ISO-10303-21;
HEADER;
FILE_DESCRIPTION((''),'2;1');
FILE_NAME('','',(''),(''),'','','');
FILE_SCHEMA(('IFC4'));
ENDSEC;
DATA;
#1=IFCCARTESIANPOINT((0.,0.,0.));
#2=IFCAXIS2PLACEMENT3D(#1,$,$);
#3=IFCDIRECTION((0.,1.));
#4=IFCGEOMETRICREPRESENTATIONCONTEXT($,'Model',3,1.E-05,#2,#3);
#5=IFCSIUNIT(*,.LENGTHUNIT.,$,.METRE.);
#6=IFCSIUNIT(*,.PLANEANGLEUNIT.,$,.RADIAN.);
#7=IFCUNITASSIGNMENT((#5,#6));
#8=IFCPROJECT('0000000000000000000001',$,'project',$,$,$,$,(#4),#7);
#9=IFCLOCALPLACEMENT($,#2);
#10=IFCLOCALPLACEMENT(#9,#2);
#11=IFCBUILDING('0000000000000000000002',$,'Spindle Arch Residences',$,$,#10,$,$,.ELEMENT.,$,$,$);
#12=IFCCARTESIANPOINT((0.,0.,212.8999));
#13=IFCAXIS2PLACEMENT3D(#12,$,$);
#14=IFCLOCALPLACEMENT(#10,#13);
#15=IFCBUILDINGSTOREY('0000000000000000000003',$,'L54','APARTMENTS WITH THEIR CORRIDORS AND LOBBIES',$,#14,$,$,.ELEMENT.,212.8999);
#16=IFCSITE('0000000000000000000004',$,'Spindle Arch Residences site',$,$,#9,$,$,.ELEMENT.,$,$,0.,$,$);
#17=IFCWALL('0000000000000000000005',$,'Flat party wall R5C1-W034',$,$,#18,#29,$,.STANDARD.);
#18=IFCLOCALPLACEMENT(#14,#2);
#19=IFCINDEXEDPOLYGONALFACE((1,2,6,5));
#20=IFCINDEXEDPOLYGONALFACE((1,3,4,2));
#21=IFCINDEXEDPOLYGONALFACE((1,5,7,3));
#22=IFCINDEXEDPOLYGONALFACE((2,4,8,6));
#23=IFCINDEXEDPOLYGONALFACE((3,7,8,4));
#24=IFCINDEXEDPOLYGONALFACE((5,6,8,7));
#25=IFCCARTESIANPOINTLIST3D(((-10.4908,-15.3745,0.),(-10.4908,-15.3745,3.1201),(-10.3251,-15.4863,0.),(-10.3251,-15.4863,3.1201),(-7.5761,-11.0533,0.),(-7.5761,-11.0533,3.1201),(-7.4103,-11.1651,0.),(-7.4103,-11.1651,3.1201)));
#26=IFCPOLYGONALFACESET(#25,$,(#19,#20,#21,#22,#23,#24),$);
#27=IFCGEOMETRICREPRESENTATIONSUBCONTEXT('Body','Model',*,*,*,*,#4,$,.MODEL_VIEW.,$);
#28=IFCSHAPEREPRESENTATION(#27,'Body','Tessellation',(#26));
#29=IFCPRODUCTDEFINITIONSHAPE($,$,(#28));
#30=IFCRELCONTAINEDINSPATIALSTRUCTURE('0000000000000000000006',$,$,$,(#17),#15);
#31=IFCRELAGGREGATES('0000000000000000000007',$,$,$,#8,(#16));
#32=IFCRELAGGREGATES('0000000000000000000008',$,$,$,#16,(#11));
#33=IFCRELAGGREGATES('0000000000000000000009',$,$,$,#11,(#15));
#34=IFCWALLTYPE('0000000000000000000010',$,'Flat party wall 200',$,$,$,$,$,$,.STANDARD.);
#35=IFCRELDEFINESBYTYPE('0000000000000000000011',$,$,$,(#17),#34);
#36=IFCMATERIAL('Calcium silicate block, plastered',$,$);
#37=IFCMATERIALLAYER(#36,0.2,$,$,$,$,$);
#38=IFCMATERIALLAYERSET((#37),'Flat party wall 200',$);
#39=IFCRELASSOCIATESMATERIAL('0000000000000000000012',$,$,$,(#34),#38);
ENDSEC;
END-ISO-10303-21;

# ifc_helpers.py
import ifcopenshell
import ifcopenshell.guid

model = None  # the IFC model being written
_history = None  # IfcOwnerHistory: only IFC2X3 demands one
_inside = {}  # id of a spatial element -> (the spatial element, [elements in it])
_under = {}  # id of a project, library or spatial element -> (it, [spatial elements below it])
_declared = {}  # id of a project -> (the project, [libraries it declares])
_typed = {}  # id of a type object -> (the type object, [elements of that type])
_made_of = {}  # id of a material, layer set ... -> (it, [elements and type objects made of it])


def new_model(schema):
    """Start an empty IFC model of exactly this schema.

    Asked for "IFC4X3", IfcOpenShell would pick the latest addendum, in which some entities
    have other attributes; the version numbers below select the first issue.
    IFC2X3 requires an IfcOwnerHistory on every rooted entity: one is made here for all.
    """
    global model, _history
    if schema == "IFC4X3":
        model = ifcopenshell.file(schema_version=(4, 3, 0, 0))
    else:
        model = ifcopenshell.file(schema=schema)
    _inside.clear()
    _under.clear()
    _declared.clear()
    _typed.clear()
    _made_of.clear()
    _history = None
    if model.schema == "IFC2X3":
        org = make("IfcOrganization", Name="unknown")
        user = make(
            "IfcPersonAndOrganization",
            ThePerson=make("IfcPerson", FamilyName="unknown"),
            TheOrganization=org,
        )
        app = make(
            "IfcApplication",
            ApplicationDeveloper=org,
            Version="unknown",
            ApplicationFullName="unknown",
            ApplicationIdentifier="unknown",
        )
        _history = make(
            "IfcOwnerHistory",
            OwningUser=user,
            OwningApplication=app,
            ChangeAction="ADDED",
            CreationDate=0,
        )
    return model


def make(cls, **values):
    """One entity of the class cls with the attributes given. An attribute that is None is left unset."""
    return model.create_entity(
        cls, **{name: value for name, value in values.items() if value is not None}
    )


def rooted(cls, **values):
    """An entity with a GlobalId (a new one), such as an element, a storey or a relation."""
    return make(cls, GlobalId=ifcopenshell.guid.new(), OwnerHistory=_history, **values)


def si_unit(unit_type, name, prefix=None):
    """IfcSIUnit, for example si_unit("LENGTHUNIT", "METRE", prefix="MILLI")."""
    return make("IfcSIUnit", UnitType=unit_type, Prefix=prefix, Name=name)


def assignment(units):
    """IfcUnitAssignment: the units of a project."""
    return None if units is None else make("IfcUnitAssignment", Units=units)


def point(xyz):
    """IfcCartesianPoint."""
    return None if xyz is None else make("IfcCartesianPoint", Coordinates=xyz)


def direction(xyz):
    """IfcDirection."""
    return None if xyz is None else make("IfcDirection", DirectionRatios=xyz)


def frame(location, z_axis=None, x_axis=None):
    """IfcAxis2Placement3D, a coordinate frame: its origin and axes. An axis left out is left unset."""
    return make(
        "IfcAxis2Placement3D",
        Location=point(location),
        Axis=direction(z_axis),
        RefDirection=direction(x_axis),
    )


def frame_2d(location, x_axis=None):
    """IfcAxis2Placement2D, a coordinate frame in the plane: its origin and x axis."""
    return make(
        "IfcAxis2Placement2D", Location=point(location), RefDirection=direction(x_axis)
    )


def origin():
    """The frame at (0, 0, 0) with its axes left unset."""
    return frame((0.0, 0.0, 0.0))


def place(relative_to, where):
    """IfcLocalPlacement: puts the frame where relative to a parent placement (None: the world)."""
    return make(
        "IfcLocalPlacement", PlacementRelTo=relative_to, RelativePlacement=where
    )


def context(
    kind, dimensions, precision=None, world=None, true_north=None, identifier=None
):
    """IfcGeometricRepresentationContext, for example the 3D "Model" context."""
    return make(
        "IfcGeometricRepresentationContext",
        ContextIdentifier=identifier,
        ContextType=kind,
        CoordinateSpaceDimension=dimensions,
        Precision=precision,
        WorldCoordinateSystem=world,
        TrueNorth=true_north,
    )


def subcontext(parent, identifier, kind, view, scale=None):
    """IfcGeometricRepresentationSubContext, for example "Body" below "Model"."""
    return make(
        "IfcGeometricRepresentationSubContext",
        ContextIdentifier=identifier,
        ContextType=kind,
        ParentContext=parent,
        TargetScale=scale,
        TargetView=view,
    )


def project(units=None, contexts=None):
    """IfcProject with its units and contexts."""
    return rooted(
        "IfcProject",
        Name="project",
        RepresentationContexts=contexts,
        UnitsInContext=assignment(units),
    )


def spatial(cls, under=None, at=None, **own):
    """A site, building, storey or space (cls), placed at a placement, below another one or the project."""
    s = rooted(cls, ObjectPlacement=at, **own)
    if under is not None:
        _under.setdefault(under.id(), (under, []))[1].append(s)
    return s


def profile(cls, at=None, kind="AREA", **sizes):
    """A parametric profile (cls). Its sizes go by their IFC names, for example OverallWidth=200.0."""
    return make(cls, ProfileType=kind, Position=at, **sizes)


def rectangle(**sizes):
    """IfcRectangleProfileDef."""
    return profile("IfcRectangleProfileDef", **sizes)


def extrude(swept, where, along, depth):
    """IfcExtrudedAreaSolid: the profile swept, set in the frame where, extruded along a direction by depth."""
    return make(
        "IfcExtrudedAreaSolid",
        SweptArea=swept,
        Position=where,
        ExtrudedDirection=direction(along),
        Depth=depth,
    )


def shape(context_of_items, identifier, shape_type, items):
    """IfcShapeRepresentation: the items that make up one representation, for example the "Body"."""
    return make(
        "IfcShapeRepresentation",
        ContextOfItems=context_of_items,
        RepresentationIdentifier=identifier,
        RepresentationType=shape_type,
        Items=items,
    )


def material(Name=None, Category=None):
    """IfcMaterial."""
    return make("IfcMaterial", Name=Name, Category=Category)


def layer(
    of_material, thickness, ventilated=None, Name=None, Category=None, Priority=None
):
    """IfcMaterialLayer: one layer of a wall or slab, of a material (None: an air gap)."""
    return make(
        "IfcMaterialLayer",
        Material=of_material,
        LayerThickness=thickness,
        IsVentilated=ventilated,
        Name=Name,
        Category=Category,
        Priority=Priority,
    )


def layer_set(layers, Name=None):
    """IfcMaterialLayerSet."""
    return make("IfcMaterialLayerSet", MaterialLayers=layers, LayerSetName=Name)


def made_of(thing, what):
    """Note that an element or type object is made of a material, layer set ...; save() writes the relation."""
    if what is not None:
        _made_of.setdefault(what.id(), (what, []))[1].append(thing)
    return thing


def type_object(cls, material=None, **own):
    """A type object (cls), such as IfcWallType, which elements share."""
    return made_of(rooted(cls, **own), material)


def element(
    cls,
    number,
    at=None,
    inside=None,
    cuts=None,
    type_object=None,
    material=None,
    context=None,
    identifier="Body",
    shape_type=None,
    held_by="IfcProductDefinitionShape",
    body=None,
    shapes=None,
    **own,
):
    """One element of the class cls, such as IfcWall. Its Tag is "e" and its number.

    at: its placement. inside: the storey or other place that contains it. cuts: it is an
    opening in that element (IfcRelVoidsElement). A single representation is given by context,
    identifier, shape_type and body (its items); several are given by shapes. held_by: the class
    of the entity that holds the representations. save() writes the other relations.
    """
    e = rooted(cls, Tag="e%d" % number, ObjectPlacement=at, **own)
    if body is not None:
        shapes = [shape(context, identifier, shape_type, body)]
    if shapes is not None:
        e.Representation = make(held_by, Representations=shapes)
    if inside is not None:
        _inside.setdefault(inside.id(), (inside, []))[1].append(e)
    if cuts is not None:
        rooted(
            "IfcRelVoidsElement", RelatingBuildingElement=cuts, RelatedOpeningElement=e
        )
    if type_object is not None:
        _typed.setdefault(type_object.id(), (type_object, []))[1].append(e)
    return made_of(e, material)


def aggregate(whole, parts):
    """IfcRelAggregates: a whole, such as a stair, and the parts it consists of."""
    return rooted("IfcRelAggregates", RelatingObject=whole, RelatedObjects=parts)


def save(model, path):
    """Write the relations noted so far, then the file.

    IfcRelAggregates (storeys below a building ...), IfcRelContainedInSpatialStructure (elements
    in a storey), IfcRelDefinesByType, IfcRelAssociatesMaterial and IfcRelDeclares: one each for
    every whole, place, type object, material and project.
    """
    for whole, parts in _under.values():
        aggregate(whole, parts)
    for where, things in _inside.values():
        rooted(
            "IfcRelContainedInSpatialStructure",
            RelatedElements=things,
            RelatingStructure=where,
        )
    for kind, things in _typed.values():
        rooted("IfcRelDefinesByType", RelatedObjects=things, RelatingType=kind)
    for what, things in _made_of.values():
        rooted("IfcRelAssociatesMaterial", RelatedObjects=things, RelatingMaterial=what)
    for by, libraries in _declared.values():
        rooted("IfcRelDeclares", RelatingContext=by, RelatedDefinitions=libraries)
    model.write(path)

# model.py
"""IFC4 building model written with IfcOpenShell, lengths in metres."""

from ifc_helpers import new_model, si_unit, direction, frame, frame_2d, origin, place, context, subcontext, project, spatial, rectangle, extrude, material, layer, layer_set, type_object, element, save


model = new_model("IFC4")

# Units and contexts
model_context = context("Model", 3, precision=1e-05, world=origin(), true_north=direction((0.0, 1.0)))
body_context = subcontext(model_context, "Body", "Model", "MODEL_VIEW")
ifc_project = project(units=[si_unit("LENGTHUNIT", "METRE"), si_unit("PLANEANGLEUNIT", "RADIAN")], contexts=[model_context])

# Site, building, storey
site_placement = place(None, origin())
site = spatial("IfcSite", under=ifc_project, at=site_placement, Name="Spindle Arch Residences site", CompositionType="ELEMENT", RefElevation=0.0)
building_placement = place(site_placement, origin())
building = spatial("IfcBuilding", under=site, at=building_placement, Name="Spindle Arch Residences", CompositionType="ELEMENT")
storey_placement = place(building_placement, frame((0.0, 0.0, 212.8999)))
storey = spatial("IfcBuildingStorey", under=building, at=storey_placement, Name="L54", Description="APARTMENTS WITH THEIR CORRIDORS AND LOBBIES", CompositionType="ELEMENT", Elevation=212.8999)

# Wall
ifc_material_1 = material(Name="Calcium silicate block, plastered")
ifc_layer_1 = layer(ifc_material_1, 0.2)
ifc_layer_set_1 = layer_set([ifc_layer_1], Name="Flat party wall 200")
wall_type_1 = type_object("IfcWallType", Name="Flat party wall 200", PredefinedType="STANDARD", material=ifc_layer_set_1)
wall_1_placement = place(storey_placement, frame((-10.408, -15.4304, 0.0), z_axis=(0.0, 0.0, 1.0), x_axis=(0.559199, 0.829033, 0.0)))
element("IfcWall", 1, at=wall_1_placement, inside=storey, type_object=wall_type_1, Name="Flat party wall R5C1-W034", PredefinedType="STANDARD", context=body_context, shape_type="SweptSolid", body=[
    extrude(rectangle(XDim=5.2124, YDim=0.2, at=frame_2d((2.6062, 0.0))), origin(), (0.0, 0.0, 1.0), 3.1201),
])

save(model, "model.ifc")
